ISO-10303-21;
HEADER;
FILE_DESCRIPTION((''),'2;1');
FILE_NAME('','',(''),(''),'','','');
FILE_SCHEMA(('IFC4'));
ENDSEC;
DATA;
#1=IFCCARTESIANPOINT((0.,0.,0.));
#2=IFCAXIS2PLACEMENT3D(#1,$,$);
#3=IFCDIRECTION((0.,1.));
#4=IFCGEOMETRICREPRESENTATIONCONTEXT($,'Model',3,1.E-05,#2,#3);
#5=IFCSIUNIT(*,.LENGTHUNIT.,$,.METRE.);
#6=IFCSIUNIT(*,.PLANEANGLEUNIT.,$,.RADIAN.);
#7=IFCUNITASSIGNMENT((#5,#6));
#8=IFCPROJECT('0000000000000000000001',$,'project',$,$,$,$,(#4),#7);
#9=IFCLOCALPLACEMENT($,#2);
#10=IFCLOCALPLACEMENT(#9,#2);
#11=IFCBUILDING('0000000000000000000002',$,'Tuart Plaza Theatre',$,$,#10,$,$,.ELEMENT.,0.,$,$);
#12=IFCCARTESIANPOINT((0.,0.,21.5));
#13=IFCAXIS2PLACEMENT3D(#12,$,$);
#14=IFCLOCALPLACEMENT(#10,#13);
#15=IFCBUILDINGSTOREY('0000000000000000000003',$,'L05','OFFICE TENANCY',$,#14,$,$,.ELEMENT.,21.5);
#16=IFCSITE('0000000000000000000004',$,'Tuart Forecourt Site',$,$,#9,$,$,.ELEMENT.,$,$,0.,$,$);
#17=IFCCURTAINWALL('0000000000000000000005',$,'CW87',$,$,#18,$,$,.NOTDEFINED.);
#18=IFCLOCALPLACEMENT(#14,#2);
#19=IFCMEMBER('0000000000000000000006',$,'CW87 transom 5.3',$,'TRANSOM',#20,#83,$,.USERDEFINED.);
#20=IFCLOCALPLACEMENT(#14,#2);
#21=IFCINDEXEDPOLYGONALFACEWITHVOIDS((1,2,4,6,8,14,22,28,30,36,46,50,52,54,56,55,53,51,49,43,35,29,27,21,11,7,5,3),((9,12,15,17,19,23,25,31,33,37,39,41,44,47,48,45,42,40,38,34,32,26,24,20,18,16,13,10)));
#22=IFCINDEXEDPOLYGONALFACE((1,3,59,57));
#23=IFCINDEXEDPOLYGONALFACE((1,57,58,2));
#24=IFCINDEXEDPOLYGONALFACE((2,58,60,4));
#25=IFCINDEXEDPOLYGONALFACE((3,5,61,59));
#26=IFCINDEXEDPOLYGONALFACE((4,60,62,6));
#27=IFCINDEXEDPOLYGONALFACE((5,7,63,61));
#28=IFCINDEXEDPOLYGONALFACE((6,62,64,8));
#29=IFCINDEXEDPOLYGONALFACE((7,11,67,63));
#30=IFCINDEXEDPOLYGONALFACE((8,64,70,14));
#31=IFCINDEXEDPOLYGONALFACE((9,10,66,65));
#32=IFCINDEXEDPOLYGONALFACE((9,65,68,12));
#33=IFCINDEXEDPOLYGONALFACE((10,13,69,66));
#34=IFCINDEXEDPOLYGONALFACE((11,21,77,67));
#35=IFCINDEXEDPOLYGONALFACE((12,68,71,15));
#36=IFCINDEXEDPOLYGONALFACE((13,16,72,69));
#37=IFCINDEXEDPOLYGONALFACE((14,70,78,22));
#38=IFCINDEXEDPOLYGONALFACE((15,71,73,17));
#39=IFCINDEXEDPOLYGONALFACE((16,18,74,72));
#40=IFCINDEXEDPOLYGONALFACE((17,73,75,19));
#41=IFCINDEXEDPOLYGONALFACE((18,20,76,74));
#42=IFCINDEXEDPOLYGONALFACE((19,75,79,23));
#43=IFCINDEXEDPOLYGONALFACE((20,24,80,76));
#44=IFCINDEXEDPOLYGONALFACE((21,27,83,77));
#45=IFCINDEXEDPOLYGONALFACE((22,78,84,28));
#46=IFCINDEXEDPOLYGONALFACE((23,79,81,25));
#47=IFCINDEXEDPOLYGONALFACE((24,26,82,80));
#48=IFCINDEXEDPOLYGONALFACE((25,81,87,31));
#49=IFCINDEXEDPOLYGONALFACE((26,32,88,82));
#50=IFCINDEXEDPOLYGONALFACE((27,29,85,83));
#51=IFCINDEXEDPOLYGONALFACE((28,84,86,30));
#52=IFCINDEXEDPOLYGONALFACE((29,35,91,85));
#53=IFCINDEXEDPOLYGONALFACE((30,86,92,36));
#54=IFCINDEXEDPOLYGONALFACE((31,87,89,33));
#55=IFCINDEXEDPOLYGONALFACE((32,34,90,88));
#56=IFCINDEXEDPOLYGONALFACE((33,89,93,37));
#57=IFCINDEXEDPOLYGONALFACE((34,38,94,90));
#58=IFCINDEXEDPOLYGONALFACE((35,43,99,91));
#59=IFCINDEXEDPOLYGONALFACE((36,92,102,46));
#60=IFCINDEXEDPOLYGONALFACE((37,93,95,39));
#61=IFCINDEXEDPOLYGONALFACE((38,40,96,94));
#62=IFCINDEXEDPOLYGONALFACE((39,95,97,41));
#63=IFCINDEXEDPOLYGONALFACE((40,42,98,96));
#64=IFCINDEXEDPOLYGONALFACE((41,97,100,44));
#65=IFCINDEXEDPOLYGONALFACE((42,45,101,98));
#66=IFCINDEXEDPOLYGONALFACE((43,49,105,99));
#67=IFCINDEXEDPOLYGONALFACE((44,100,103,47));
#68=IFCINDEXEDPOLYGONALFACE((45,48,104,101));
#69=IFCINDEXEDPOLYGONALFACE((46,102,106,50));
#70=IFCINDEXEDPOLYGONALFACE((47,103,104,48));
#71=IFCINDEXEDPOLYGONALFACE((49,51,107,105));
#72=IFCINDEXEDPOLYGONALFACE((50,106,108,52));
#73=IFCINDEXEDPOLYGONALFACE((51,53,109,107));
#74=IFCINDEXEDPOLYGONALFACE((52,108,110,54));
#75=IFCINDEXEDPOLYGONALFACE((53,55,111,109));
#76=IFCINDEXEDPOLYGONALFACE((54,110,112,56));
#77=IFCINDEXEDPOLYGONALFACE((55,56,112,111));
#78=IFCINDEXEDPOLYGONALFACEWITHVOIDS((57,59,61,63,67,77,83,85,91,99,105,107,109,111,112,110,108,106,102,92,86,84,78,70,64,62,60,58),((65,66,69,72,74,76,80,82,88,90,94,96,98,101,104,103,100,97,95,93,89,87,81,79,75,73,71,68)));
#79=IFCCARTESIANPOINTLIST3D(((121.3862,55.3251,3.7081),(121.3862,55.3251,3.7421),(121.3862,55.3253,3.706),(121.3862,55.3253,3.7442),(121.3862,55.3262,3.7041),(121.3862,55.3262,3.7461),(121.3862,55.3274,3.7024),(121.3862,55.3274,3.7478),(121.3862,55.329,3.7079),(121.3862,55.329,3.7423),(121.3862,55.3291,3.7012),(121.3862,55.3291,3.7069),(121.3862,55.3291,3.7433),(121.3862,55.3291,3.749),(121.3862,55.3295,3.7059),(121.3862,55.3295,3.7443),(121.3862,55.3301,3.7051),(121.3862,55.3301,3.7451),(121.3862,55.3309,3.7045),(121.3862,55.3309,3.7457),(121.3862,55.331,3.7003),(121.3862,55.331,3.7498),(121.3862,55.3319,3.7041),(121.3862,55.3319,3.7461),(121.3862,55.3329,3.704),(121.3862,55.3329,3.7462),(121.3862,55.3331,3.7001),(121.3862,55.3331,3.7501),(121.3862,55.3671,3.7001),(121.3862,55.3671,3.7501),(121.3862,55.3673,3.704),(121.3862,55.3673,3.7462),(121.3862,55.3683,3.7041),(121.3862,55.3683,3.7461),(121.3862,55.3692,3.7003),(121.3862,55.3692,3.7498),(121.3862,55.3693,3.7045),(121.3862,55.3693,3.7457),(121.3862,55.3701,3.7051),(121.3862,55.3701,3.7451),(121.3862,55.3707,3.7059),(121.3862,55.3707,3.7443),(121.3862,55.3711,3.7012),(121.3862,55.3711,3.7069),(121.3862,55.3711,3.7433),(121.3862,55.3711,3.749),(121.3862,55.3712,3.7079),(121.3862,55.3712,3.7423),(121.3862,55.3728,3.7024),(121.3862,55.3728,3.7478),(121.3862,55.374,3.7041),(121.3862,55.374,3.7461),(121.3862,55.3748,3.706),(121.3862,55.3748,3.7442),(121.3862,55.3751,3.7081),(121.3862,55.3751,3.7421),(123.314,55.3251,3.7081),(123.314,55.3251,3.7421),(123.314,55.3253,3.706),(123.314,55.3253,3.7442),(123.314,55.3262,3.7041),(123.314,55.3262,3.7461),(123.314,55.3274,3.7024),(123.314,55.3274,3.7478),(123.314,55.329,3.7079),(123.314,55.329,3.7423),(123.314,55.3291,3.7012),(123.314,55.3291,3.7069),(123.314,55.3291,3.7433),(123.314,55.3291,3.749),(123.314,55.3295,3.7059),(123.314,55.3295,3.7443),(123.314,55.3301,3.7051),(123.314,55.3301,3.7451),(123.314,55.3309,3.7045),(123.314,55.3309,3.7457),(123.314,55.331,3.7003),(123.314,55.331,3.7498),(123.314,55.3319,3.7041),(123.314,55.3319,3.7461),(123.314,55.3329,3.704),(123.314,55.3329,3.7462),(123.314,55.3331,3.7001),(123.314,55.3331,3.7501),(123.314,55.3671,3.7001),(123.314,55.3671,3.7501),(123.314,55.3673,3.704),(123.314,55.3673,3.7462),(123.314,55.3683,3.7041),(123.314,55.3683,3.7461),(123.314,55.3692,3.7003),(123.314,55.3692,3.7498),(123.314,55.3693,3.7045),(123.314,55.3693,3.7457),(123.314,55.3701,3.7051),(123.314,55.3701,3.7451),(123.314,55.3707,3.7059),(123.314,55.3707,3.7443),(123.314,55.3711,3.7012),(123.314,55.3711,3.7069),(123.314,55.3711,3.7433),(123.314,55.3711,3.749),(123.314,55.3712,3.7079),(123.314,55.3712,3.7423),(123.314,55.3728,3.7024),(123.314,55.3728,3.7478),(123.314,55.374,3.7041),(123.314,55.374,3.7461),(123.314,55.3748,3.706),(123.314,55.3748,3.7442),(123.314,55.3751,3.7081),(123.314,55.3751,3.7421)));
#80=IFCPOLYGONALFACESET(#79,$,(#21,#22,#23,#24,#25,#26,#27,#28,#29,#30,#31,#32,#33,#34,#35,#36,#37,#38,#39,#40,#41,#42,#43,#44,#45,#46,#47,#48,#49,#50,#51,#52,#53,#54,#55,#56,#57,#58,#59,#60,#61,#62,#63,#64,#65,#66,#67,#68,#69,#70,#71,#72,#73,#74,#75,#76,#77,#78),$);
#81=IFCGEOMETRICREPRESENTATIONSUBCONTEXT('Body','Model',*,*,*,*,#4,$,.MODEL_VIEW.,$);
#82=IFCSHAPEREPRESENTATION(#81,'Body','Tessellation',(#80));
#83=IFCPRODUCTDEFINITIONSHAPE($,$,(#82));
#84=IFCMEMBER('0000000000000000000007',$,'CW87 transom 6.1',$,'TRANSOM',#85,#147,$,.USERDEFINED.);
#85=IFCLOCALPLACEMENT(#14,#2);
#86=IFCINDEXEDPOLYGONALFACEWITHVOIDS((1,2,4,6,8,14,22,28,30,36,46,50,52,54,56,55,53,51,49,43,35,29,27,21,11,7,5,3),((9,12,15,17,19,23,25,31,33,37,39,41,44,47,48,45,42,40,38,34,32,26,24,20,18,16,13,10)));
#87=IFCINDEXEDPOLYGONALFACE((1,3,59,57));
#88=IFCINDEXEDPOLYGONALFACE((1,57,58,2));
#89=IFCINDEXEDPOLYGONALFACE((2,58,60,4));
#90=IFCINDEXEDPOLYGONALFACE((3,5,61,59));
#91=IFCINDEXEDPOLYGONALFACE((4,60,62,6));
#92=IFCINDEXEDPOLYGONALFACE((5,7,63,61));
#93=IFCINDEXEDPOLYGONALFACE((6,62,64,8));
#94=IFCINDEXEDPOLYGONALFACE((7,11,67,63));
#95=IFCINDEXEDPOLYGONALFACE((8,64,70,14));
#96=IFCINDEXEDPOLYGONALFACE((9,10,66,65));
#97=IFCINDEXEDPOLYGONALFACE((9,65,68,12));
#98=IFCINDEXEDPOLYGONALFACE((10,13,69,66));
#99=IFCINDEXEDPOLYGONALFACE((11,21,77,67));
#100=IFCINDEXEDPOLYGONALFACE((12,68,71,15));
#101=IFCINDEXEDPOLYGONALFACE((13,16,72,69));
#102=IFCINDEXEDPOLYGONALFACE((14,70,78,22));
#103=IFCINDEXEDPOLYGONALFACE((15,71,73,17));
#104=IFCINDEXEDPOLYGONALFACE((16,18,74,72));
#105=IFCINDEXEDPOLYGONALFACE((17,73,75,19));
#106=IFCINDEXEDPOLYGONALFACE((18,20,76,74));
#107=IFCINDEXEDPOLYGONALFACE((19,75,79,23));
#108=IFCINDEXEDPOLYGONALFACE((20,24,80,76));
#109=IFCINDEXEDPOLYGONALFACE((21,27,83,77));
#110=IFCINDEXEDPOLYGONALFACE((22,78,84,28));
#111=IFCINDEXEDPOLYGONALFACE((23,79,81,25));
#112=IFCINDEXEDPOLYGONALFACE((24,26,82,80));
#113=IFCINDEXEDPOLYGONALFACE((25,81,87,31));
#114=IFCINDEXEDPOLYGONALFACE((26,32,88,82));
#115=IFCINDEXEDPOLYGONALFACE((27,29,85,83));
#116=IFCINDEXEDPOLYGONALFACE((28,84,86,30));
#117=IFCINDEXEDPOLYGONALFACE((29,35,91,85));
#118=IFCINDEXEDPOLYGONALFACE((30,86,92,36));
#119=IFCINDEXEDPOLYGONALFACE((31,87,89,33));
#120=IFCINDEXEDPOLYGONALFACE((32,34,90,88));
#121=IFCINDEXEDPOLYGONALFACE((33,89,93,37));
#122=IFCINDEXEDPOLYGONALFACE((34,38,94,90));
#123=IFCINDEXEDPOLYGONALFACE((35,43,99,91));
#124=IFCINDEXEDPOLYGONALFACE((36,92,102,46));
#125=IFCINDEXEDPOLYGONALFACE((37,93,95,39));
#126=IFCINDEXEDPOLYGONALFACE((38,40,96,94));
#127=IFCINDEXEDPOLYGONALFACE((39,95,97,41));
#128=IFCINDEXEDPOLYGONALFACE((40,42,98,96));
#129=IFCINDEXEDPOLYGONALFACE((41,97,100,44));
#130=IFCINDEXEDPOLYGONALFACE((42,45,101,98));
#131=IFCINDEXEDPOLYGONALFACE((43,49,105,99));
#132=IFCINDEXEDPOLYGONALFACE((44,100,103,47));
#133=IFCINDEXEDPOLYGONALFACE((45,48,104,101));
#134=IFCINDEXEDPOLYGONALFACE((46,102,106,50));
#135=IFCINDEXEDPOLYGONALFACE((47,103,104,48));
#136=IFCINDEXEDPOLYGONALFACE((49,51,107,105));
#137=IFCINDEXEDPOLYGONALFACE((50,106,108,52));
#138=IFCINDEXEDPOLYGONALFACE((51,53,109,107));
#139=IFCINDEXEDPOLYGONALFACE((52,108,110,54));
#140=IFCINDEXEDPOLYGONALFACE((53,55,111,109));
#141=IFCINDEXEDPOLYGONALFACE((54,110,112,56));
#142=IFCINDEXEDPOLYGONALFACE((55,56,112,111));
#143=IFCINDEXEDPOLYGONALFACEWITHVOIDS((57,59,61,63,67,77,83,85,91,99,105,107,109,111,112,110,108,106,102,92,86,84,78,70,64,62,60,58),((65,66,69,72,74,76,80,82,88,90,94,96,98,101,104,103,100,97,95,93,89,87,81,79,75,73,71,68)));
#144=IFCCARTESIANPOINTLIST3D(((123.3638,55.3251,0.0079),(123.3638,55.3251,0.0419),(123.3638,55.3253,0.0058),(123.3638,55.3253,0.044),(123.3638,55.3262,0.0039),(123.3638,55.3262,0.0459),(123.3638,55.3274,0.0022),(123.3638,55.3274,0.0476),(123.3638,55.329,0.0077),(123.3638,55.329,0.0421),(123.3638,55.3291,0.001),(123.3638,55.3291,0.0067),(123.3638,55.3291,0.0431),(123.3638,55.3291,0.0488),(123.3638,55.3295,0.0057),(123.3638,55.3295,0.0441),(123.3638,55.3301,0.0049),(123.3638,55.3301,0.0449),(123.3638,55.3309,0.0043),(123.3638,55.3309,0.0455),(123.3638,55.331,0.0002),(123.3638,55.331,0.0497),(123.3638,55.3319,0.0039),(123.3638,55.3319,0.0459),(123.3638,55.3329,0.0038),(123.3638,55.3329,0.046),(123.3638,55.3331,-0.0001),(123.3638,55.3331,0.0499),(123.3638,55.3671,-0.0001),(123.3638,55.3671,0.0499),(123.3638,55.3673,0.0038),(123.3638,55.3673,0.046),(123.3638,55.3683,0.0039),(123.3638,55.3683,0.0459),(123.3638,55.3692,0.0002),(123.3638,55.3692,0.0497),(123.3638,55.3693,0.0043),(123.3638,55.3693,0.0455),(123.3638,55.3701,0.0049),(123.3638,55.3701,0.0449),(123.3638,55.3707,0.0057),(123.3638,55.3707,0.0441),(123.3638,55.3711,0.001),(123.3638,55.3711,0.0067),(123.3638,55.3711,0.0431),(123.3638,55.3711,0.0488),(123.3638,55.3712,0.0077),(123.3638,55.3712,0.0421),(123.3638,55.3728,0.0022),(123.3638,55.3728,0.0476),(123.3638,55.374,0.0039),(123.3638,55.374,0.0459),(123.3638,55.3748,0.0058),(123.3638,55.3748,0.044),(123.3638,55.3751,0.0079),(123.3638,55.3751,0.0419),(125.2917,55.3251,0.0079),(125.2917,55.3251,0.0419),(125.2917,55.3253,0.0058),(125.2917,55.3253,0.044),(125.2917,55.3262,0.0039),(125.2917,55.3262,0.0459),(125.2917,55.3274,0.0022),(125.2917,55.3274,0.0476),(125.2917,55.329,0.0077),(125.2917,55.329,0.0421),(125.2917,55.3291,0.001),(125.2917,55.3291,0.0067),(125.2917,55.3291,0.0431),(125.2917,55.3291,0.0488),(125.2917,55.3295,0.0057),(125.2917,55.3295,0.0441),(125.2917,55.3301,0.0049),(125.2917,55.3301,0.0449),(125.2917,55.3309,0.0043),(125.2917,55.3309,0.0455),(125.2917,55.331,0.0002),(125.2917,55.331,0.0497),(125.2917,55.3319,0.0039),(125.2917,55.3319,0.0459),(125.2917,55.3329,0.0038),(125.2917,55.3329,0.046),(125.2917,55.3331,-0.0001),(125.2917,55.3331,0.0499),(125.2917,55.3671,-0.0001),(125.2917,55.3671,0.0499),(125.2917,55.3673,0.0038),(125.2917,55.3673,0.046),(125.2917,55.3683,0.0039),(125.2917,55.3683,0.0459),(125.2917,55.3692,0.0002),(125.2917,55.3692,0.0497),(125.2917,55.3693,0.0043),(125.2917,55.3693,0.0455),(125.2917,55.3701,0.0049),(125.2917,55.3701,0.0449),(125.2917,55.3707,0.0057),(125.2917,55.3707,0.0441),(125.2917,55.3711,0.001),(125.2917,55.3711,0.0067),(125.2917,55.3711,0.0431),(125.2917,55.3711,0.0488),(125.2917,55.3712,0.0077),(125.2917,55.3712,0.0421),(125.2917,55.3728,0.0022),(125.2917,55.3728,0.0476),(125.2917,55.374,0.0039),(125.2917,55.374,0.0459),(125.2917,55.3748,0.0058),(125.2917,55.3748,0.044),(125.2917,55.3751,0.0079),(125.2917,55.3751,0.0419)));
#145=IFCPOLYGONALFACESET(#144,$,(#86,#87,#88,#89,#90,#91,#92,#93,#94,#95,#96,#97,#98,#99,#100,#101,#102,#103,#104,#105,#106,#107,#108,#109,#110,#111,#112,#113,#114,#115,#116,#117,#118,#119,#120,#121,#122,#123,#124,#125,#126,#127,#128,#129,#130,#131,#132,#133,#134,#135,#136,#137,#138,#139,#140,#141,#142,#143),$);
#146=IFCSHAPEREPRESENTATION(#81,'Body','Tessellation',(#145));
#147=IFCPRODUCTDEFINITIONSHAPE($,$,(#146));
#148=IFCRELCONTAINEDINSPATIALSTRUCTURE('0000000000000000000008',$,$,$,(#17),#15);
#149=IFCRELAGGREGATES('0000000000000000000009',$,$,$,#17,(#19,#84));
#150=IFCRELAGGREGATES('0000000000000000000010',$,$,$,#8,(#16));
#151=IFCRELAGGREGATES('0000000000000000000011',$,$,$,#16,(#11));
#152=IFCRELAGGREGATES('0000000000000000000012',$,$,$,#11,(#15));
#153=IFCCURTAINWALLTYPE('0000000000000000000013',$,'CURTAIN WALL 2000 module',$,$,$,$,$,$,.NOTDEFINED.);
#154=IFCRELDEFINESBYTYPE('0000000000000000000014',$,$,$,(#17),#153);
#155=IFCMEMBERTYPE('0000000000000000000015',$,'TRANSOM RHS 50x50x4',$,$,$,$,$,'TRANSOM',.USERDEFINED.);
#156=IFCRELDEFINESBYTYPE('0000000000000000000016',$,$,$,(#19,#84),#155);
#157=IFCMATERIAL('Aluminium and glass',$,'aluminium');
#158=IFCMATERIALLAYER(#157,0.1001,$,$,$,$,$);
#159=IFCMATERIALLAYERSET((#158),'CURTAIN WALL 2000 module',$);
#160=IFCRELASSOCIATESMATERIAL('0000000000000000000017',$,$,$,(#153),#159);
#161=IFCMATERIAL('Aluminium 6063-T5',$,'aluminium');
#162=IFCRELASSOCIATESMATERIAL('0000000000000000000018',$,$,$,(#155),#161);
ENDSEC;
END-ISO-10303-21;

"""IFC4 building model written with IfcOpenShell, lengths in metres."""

from ifc_helpers import new_model, si_unit, direction, frame, origin, origin_2d, place, context, subcontext, project, spatial, hollow_rectangle, extrude, material, layer, layer_set, material_profile, profile_set, type_object, element, aggregate, save


model = new_model("IFC4")

# Units and contexts
model_context = context("Model", 3, precision=1e-05, world=origin(), true_north=direction((0.0, 1.0)))
body_context = subcontext(model_context, "Body", "Model", "MODEL_VIEW")
ifc_project = project(units=[si_unit("LENGTHUNIT", "METRE"), si_unit("PLANEANGLEUNIT", "RADIAN")], contexts=[model_context])

# Site, building, storey
site_placement = place(None, origin())
site = spatial("IfcSite", under=ifc_project, at=site_placement, Name="Tuart Forecourt Site", CompositionType="ELEMENT", RefElevation=0.0)
building_placement = place(site_placement, origin())
building = spatial("IfcBuilding", under=site, at=building_placement, Name="Tuart Plaza Theatre", CompositionType="ELEMENT", ElevationOfRefHeight=0.0)
storey_placement = place(building_placement, frame((0.0, 0.0, 21.5)))
storey = spatial("IfcBuildingStorey", under=building, at=storey_placement, Name="L05", Description="OFFICE TENANCY", CompositionType="ELEMENT", Elevation=21.5)

# Curtain wall, members
ifc_material_1 = material(Name="Aluminium and glass", Category="aluminium")
ifc_layer_1 = layer(ifc_material_1, 0.1001)
ifc_layer_set_1 = layer_set([ifc_layer_1], Name="CURTAIN WALL 2000 module")
curtain_wall_type = type_object("IfcCurtainWallType", Name="CURTAIN WALL 2000 module", PredefinedType="NOTDEFINED", material=ifc_layer_set_1)
curtain_wall_placement = place(storey_placement, origin())
curtain_wall = element("IfcCurtainWall", 1, at=curtain_wall_placement, inside=storey, type_object=curtain_wall_type, Name="CW87", PredefinedType="NOTDEFINED")
ifc_material_2 = material(Name="Aluminium 6063-T5", Category="aluminium")
ifc_material_profile_1 = material_profile(ifc_material_2, hollow_rectangle(XDim=0.05, YDim=0.05, WallThickness=0.0039, InnerFilletRadius=0.0039, OuterFilletRadius=0.0081, at=origin_2d()), Name="RHS 50x50x4")
ifc_profile_set_1 = profile_set([ifc_material_profile_1], Name="Aluminium 6063-T5")
member_type_1 = type_object("IfcMemberType", Name="TRANSOM RHS 50x50x4", ElementType="TRANSOM", PredefinedType="USERDEFINED", material=ifc_profile_set_1)
member_1_placement = place(storey_placement, frame((121.3862, 55.3501, 3.7251), z_axis=(1.0, 0.0, 0.0), x_axis=(0.0, 1.0, 0.0)))
member_1 = element("IfcMember", 2, at=member_1_placement, type_object=member_type_1, Name="CW87 transom 5.3", ObjectType="TRANSOM", PredefinedType="USERDEFINED", context=body_context, shape_type="SweptSolid", body=[
    extrude(hollow_rectangle(XDim=0.05, YDim=0.05, WallThickness=0.0039, InnerFilletRadius=0.0039, OuterFilletRadius=0.0081, at=origin_2d()), origin(), (0.0, 0.0, 1.0), 1.9277),
])
member_2_placement = place(storey_placement, frame((123.3638, 55.3501, 0.0249), z_axis=(1.0, 0.0, 0.0), x_axis=(0.0, 1.0, 0.0)))
member_2 = element("IfcMember", 3, at=member_2_placement, type_object=member_type_1, Name="CW87 transom 6.1", ObjectType="TRANSOM", PredefinedType="USERDEFINED", context=body_context, shape_type="SweptSolid", body=[
    extrude(hollow_rectangle(XDim=0.05, YDim=0.05, WallThickness=0.0039, InnerFilletRadius=0.0039, OuterFilletRadius=0.0081, at=origin_2d()), origin(), (0.0, 0.0, 1.0), 1.928),
])
aggregate(curtain_wall, [member_1, member_2])

save(model, "model.ifc")
